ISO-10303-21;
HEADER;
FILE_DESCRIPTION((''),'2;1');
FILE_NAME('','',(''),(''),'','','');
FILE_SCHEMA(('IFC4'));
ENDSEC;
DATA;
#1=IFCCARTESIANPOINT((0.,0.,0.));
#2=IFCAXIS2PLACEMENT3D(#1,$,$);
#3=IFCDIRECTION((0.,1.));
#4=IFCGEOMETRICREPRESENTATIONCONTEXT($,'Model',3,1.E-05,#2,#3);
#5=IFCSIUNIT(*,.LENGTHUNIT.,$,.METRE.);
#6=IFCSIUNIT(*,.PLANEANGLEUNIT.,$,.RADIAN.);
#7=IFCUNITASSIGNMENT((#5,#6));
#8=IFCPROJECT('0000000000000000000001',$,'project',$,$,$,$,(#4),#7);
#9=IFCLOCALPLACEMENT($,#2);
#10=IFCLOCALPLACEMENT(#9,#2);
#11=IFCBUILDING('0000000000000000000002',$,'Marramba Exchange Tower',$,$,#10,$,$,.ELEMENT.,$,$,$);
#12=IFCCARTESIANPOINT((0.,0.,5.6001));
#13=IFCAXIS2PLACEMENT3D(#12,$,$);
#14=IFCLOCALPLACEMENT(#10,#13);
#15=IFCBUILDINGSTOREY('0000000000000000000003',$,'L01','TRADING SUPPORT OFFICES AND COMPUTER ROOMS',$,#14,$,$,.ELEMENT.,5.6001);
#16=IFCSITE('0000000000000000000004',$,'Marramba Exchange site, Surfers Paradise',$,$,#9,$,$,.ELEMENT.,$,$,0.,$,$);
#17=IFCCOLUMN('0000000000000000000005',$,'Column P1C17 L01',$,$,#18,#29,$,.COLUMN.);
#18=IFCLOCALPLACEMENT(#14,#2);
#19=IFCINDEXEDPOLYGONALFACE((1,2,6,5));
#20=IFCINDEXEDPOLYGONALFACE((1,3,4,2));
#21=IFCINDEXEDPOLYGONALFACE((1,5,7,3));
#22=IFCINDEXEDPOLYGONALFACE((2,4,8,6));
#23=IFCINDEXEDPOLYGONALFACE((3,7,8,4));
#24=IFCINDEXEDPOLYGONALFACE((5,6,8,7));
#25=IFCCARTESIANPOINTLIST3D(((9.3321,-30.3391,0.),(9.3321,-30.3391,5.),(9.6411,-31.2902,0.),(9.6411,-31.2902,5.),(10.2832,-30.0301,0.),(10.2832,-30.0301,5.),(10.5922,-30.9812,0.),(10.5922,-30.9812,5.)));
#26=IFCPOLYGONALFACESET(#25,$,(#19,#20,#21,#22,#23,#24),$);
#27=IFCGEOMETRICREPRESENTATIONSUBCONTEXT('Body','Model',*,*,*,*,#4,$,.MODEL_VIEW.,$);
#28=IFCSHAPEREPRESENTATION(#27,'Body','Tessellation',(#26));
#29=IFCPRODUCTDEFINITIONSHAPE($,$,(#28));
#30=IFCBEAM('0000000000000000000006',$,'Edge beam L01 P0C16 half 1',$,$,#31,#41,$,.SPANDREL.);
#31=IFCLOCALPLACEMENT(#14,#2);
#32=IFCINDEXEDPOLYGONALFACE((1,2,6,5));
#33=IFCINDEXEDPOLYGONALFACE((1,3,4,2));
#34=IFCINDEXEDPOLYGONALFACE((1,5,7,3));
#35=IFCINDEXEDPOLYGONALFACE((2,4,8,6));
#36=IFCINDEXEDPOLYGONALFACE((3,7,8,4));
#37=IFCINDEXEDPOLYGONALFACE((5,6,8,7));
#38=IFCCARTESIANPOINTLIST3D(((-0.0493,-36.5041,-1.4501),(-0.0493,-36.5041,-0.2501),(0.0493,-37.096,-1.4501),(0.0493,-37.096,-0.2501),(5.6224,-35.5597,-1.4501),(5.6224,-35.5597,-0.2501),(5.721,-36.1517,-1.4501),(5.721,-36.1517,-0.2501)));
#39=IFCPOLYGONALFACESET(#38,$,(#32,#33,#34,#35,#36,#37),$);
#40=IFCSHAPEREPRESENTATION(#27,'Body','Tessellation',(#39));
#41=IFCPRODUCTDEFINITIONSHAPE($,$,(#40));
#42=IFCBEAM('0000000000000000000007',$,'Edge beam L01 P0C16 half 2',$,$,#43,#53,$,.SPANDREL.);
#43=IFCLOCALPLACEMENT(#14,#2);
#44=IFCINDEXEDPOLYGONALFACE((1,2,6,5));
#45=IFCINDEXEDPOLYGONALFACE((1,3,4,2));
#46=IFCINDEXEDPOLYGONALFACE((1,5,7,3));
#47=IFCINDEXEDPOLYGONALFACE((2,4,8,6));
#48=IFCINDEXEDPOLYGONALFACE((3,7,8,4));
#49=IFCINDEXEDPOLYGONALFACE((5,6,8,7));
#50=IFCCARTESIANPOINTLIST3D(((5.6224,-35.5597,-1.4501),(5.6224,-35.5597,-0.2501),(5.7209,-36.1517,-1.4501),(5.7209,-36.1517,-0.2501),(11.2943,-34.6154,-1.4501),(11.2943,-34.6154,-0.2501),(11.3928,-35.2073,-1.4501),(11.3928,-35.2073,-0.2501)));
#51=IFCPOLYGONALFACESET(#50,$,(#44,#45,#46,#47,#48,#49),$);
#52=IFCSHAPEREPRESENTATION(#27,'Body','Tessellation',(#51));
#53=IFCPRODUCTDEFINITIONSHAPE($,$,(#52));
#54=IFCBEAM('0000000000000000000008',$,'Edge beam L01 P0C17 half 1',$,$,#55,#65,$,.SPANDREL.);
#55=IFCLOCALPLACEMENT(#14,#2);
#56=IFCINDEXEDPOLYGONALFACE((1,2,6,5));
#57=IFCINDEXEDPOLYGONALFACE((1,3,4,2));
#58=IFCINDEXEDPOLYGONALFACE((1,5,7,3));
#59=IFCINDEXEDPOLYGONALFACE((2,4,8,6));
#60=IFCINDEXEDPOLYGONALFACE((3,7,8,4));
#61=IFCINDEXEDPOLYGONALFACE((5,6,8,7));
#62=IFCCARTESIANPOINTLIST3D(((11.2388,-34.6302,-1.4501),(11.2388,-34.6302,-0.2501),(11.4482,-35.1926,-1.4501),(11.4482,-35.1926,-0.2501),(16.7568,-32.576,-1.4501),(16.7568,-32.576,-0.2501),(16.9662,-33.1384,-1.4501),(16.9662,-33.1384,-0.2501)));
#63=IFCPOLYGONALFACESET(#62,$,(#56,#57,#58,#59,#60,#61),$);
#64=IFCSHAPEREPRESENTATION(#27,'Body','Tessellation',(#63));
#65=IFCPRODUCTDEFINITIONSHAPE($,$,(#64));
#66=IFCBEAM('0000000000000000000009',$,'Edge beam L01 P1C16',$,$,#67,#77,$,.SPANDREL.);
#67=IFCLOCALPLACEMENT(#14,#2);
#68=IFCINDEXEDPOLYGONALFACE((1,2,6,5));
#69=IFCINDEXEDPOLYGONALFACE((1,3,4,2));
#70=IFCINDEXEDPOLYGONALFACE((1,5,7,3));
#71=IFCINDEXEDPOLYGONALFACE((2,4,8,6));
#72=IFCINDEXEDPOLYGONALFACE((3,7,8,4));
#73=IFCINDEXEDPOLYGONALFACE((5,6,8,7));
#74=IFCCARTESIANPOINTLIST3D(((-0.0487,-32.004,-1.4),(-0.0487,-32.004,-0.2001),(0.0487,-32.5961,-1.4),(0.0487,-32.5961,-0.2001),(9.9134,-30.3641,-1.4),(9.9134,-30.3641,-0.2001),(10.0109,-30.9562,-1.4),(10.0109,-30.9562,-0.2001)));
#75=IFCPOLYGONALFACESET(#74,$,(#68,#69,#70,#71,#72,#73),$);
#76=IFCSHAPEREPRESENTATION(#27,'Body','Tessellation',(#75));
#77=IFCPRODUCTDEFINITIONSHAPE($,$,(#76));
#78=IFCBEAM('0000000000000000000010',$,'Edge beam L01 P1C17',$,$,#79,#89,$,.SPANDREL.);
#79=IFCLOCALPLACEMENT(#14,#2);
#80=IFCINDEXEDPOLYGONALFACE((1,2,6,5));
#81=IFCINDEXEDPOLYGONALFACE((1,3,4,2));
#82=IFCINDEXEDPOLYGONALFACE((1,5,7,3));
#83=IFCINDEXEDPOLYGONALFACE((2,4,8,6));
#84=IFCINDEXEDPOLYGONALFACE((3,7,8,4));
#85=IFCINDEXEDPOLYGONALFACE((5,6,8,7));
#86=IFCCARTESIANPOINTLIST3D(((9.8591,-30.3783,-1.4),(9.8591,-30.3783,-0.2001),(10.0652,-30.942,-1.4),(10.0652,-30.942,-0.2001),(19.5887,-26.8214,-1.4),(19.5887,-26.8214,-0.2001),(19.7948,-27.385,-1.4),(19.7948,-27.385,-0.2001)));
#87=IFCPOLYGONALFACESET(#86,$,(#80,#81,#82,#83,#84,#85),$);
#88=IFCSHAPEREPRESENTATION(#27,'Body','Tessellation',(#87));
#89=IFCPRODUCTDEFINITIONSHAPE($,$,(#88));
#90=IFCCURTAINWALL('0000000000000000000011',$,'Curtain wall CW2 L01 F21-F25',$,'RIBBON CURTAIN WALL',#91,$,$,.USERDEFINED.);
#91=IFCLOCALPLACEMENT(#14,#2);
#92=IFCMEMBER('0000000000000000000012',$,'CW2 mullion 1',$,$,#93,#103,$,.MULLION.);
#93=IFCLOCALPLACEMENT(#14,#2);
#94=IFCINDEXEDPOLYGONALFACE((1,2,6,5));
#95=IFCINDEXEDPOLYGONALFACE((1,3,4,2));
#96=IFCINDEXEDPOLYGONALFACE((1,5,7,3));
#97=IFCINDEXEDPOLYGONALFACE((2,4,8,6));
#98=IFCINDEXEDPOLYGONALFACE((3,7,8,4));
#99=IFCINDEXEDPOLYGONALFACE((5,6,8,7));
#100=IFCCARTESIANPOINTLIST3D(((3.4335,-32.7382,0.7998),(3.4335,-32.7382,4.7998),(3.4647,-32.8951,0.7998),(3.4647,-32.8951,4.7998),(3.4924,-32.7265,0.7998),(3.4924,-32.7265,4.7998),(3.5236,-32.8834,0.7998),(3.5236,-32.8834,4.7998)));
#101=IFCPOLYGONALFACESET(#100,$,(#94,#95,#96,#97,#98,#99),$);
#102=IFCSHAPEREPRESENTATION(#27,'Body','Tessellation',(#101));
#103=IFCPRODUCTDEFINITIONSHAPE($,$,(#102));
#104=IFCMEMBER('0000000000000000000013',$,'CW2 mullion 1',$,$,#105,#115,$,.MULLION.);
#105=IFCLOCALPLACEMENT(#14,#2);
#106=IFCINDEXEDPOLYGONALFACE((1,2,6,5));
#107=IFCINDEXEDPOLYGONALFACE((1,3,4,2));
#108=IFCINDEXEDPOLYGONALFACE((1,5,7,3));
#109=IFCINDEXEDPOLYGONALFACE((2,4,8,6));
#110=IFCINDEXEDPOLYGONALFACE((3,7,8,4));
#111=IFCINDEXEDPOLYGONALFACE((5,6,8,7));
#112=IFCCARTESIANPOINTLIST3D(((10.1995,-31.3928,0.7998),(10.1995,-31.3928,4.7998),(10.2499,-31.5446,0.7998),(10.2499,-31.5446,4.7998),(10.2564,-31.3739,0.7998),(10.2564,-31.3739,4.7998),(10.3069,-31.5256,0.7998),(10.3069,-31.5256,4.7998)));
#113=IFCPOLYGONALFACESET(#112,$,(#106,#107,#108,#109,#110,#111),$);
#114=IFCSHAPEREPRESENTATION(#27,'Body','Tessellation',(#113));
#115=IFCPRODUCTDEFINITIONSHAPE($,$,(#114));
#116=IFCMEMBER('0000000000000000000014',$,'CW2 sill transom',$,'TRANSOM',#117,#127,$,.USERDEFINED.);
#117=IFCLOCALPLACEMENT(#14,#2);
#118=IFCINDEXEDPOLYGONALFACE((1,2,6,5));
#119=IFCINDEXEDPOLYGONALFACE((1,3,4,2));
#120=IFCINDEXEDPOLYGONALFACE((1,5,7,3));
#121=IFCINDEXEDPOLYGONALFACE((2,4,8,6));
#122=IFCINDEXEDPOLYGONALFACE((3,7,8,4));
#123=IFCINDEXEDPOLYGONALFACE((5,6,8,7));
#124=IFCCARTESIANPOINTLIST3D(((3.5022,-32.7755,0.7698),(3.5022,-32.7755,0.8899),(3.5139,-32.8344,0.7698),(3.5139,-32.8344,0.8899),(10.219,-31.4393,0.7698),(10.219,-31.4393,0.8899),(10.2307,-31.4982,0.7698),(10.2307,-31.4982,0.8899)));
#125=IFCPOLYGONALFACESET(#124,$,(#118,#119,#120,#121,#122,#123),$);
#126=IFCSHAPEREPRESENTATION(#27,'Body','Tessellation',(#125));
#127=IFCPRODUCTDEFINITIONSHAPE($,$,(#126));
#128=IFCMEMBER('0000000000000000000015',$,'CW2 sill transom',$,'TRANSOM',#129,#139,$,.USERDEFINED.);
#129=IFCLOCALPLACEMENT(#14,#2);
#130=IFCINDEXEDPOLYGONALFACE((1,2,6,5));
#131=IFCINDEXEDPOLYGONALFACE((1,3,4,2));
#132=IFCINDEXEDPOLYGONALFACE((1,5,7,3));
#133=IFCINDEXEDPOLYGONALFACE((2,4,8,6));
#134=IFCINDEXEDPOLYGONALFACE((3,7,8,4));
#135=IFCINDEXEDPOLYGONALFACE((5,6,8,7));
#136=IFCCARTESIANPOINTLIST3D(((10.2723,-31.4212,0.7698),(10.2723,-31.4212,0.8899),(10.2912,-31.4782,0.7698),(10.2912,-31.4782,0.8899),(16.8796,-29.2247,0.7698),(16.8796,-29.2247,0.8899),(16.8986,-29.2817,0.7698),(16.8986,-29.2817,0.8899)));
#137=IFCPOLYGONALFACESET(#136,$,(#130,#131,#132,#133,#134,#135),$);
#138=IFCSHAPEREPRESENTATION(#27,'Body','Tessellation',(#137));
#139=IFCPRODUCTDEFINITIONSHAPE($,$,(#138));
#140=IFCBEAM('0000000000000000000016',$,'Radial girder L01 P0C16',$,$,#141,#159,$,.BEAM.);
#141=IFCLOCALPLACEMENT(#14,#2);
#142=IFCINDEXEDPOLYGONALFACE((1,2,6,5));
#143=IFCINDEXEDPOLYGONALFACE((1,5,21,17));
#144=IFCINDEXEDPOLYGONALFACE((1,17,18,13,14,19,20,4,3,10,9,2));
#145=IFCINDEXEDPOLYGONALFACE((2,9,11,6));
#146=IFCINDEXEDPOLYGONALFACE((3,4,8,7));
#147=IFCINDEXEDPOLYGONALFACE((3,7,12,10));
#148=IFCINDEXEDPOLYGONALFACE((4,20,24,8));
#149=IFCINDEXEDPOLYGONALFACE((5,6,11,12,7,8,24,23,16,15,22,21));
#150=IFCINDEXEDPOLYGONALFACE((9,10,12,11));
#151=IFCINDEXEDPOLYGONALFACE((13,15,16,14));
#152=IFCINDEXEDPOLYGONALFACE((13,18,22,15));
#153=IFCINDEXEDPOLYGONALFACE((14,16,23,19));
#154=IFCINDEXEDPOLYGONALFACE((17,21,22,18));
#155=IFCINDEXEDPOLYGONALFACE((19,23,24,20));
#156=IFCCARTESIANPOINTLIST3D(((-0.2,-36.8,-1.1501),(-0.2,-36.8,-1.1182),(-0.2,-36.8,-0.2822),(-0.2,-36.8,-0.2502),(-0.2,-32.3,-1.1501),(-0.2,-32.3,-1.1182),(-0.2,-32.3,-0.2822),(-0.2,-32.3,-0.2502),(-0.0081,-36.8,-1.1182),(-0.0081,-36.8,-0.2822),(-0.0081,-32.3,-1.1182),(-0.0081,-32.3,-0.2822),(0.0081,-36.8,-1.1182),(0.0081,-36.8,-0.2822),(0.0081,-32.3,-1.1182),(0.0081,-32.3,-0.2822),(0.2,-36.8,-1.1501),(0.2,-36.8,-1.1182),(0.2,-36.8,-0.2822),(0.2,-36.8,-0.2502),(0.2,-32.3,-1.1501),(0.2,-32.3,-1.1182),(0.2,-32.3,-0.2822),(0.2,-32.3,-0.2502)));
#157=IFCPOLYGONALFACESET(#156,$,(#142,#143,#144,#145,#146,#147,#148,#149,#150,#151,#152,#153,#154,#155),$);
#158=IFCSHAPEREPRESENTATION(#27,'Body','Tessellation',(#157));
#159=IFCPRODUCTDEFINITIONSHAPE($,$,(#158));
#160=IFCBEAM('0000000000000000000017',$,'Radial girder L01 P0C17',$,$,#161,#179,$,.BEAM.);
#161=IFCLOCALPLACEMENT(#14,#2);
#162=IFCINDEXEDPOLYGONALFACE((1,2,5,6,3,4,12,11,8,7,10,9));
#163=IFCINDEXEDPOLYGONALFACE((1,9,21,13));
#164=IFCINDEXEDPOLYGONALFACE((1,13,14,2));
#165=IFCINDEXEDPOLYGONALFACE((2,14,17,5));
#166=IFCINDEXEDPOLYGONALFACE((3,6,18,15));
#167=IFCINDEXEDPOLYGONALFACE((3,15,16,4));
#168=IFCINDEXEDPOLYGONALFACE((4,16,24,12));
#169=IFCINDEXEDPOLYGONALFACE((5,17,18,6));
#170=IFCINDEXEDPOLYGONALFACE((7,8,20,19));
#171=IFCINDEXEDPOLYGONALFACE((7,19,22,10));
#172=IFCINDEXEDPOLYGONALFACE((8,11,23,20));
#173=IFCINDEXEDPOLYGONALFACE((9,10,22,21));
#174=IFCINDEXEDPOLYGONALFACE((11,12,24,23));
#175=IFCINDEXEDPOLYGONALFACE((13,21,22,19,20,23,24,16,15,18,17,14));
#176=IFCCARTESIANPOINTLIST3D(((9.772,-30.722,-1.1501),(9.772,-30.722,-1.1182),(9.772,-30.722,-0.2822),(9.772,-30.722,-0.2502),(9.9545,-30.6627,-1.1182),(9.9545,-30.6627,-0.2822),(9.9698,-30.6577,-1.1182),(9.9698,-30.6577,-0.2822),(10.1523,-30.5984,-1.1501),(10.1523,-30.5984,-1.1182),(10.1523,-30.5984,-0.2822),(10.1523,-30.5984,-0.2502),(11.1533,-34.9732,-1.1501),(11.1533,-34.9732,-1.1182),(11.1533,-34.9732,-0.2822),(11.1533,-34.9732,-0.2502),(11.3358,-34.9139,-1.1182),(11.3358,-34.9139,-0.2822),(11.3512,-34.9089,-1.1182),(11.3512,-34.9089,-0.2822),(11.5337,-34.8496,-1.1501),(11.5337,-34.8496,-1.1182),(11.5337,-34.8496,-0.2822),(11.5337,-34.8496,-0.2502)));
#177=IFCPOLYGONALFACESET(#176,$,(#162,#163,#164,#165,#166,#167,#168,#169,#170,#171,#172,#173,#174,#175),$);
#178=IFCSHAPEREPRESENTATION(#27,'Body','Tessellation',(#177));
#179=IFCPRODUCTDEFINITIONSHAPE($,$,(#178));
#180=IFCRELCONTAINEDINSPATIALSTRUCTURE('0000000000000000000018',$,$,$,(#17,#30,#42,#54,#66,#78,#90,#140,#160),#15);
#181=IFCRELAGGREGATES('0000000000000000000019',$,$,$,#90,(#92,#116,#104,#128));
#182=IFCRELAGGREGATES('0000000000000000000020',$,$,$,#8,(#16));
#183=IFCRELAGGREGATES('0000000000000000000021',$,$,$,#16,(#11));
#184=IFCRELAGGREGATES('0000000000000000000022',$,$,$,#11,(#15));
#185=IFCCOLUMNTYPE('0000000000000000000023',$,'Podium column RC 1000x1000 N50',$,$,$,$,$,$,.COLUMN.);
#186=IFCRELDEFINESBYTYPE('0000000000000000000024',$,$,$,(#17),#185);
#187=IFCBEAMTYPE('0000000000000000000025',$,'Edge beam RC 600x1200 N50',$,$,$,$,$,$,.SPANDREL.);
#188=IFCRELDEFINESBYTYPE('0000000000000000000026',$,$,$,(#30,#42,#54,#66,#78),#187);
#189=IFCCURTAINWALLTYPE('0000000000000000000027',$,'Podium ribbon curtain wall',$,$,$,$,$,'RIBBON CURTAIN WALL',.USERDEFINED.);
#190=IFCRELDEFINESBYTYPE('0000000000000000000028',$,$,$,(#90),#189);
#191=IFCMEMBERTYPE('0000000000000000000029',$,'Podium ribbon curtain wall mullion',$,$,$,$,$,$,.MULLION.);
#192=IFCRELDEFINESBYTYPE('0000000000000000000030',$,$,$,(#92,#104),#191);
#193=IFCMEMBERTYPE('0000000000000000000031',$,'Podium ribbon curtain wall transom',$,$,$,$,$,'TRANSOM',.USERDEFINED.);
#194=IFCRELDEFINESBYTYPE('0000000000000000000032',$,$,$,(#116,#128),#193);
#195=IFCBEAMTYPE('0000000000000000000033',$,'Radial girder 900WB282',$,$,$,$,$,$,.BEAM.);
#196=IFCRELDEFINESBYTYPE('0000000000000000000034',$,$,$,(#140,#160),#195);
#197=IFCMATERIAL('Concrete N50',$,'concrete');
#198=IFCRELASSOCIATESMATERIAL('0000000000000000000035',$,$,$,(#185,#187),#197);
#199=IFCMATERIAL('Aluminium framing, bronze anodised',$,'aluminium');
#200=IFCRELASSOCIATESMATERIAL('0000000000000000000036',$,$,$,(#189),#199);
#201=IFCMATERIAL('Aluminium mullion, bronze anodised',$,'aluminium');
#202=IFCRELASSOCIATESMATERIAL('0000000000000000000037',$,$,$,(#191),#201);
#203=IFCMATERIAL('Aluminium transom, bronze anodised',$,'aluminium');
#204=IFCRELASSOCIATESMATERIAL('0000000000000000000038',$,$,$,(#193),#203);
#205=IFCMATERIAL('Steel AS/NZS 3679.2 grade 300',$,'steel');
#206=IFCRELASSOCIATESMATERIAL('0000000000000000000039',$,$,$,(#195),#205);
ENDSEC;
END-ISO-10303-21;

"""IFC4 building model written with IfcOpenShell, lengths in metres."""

from ifc_helpers import new_model, si_unit, direction, frame, origin, origin_2d, place, context, subcontext, project, spatial, rectangle, i_section, extrude, material, material_profile, profile_set, type_object, element, aggregate, save


model = new_model("IFC4")

# Units and contexts
model_context = context("Model", 3, precision=1e-05, world=origin(), true_north=direction((0.0, 1.0)))
body_context = subcontext(model_context, "Body", "Model", "MODEL_VIEW")
ifc_project = project(units=[si_unit("LENGTHUNIT", "METRE"), si_unit("PLANEANGLEUNIT", "RADIAN")], contexts=[model_context])

# Site, building, storey
site_placement = place(None, origin())
site = spatial("IfcSite", under=ifc_project, at=site_placement, Name="Marramba Exchange site, Surfers Paradise", CompositionType="ELEMENT", RefElevation=0.0)
building_placement = place(site_placement, origin())
building = spatial("IfcBuilding", under=site, at=building_placement, Name="Marramba Exchange Tower", CompositionType="ELEMENT")
storey_placement = place(building_placement, frame((0.0, 0.0, 5.6001)))
storey = spatial("IfcBuildingStorey", under=building, at=storey_placement, Name="L01", Description="TRADING SUPPORT OFFICES AND COMPUTER ROOMS", CompositionType="ELEMENT", Elevation=5.6001)

# Column
ifc_material_1 = material(Name="Concrete N50", Category="concrete")
ifc_material_profile_1 = material_profile(ifc_material_1, rectangle(XDim=1.0, YDim=1.0, at=origin_2d()), Name="RC 1000x1000")
ifc_profile_set_1 = profile_set([ifc_material_profile_1], Name="Concrete N50")
column_type = type_object("IfcColumnType", Name="Podium column RC 1000x1000 N50", PredefinedType="COLUMN", material=ifc_profile_set_1)
column_placement = place(storey_placement, frame((9.9622, -30.6602, 0.0), z_axis=(0.0, 0.0, 1.0), x_axis=(0.309017, -0.951057, 0.0)))
element("IfcColumn", 1, at=column_placement, inside=storey, type_object=column_type, Name="Column P1C17 L01", PredefinedType="COLUMN", context=body_context, shape_type="SweptSolid", body=[
    extrude(rectangle(XDim=1.0, YDim=1.0, at=origin_2d()), origin(), (0.0, 0.0, 1.0), 5.0),
])

# Beams
ifc_material_profile_2 = material_profile(ifc_material_1, rectangle(XDim=0.6001, YDim=1.2, at=origin_2d()), Name="RC 600x1200")
ifc_profile_set_2 = profile_set([ifc_material_profile_2], Name="Concrete N50")
beam_type_1 = type_object("IfcBeamType", Name="Edge beam RC 600x1200 N50", PredefinedType="SPANDREL", material=ifc_profile_set_2)
beam_1_placement = place(storey_placement, frame((0.0, -36.8, -0.8501), z_axis=(0.98642, 0.164241, 0.0), x_axis=(-0.164241, 0.98642, 0.0)))
element("IfcBeam", 2, at=beam_1_placement, inside=storey, type_object=beam_type_1, Name="Edge beam L01 P0C16 half 1", PredefinedType="SPANDREL", context=body_context, shape_type="SweptSolid", body=[
    extrude(rectangle(XDim=0.6001, YDim=1.2, at=origin_2d()), origin(), (0.0, 0.0, 1.0), 5.7498),
])
beam_2_placement = place(storey_placement, frame((5.6716, -35.8557, -0.8501), z_axis=(0.986421, 0.164234, 0.0), x_axis=(-0.164234, 0.986421, 0.0)))
element("IfcBeam", 3, at=beam_2_placement, inside=storey, type_object=beam_type_1, Name="Edge beam L01 P0C16 half 2", PredefinedType="SPANDREL", context=body_context, shape_type="SweptSolid", body=[
    extrude(rectangle(XDim=0.6001, YDim=1.2, at=origin_2d()), origin(), (0.0, 0.0, 1.0), 5.75),
])
beam_3_placement = place(storey_placement, frame((11.3435, -34.9114, -0.8501), z_axis=(0.937168, 0.348878, 0.0), x_axis=(-0.348878, 0.937168, 0.0)))
element("IfcBeam", 4, at=beam_3_placement, inside=storey, type_object=beam_type_1, Name="Edge beam L01 P0C17 half 1", PredefinedType="SPANDREL", context=body_context, shape_type="SweptSolid", body=[
    extrude(rectangle(XDim=0.6001, YDim=1.2, at=origin_2d()), origin(), (0.0, 0.0, 1.0), 5.8879),
])
beam_4_placement = place(storey_placement, frame((0.0, -32.3, -0.8), z_axis=(0.986721, 0.162426, 0.0), x_axis=(-0.162426, 0.986721, 0.0)))
element("IfcBeam", 5, at=beam_4_placement, inside=storey, type_object=beam_type_1, Name="Edge beam L01 P1C16", PredefinedType="SPANDREL", context=body_context, shape_type="SweptSolid", body=[
    extrude(rectangle(XDim=0.6001, YDim=1.2, at=origin_2d()), origin(), (0.0, 0.0, 1.0), 10.0962),
])
beam_5_placement = place(storey_placement, frame((9.9622, -30.6602, -0.8), z_axis=(0.939206, 0.343353, 0.0), x_axis=(-0.343353, 0.939206, 0.0)))
element("IfcBeam", 6, at=beam_5_placement, inside=storey, type_object=beam_type_1, Name="Edge beam L01 P1C17", PredefinedType="SPANDREL", context=body_context, shape_type="SweptSolid", body=[
    extrude(rectangle(XDim=0.6001, YDim=1.2, at=origin_2d()), origin(), (0.0, 0.0, 1.0), 10.3594),
])

# Curtain wall, members
ifc_material_2 = material(Name="Aluminium framing, bronze anodised", Category="aluminium")
curtain_wall_type = type_object("IfcCurtainWallType", Name="Podium ribbon curtain wall", ElementType="RIBBON CURTAIN WALL", PredefinedType="USERDEFINED", material=ifc_material_2)
curtain_wall_placement = place(storey_placement, origin())
curtain_wall = element("IfcCurtainWall", 7, at=curtain_wall_placement, inside=storey, type_object=curtain_wall_type, Name="Curtain wall CW2 L01 F21-F25", ObjectType="RIBBON CURTAIN WALL", PredefinedType="USERDEFINED")
ifc_material_3 = material(Name="Aluminium mullion, bronze anodised", Category="aluminium")
ifc_material_profile_3 = material_profile(ifc_material_3, rectangle(XDim=0.1599, YDim=0.0601, at=origin_2d()), Name="CW2 mullion 60x160")
ifc_profile_set_3 = profile_set([ifc_material_profile_3], Name="Aluminium mullion, bronze anodised")
member_type_1 = type_object("IfcMemberType", Name="Podium ribbon curtain wall mullion", PredefinedType="MULLION", material=ifc_profile_set_3)
member_1_placement = place(storey_placement, frame((3.4785, -32.8108, 0.7998), z_axis=(0.0, 0.0, 1.0), x_axis=(-0.19512, 0.980779, 0.0)))
member_1 = element("IfcMember", 8, at=member_1_placement, type_object=member_type_1, Name="CW2 mullion 1", PredefinedType="MULLION", context=body_context, shape_type="SweptSolid", body=[
    extrude(rectangle(XDim=0.1599, YDim=0.0601, at=origin_2d()), origin(), (0.0, 0.0, 1.0), 4.0),
])
member_2_placement = place(storey_placement, frame((10.2532, -31.4592, 0.7998), z_axis=(0.0, 0.0, 1.0), x_axis=(-0.315474, 0.948934, 0.0)))
member_2 = element("IfcMember", 9, at=member_2_placement, type_object=member_type_1, Name="CW2 mullion 1", PredefinedType="MULLION", context=body_context, shape_type="SweptSolid", body=[
    extrude(rectangle(XDim=0.1599, YDim=0.0601, at=origin_2d()), origin(), (0.0, 0.0, 1.0), 4.0),
])
ifc_material_4 = material(Name="Aluminium transom, bronze anodised", Category="aluminium")
ifc_material_profile_4 = material_profile(ifc_material_4, rectangle(XDim=0.0601, YDim=0.1201, at=origin_2d()), Name="CW2 transom 60x120")
ifc_profile_set_4 = profile_set([ifc_material_profile_4], Name="Aluminium transom, bronze anodised")
member_type_2 = type_object("IfcMemberType", Name="Podium ribbon curtain wall transom", ElementType="TRANSOM", PredefinedType="USERDEFINED", material=ifc_profile_set_4)
member_3_placement = place(storey_placement, frame((3.5081, -32.8049, 0.8298), z_axis=(0.980782, 0.195108, 0.0), x_axis=(-0.195108, 0.980782, 0.0)))
member_3 = element("IfcMember", 10, at=member_3_placement, type_object=member_type_2, Name="CW2 sill transom", ObjectType="TRANSOM", PredefinedType="USERDEFINED", context=body_context, shape_type="SweptSolid", body=[
    extrude(rectangle(XDim=0.0601, YDim=0.1201, at=origin_2d()), origin(), (0.0, 0.0, 1.0), 6.8484),
])
member_4_placement = place(storey_placement, frame((10.2817, -31.4497, 0.8298), z_axis=(0.948939, 0.31546, 0.0), x_axis=(-0.31546, 0.948939, 0.0)))
member_4 = element("IfcMember", 11, at=member_4_placement, type_object=member_type_2, Name="CW2 sill transom", ObjectType="TRANSOM", PredefinedType="USERDEFINED", context=body_context, shape_type="SweptSolid", body=[
    extrude(rectangle(XDim=0.0601, YDim=0.1201, at=origin_2d()), origin(), (0.0, 0.0, 1.0), 6.9629),
])

# Beams
ifc_material_5 = material(Name="Steel AS/NZS 3679.2 grade 300", Category="steel")
ifc_material_profile_5 = material_profile(ifc_material_5, i_section(OverallWidth=0.3999, OverallDepth=0.8999, WebThickness=0.0161, FlangeThickness=0.032, at=origin_2d()), Name="900WB282")
ifc_profile_set_5 = profile_set([ifc_material_profile_5], Name="Steel AS/NZS 3679.2 grade 300")
beam_type_2 = type_object("IfcBeamType", Name="Radial girder 900WB282", PredefinedType="BEAM", material=ifc_profile_set_5)
beam_6_placement = place(storey_placement, frame((0.0, -36.8, -0.7002), z_axis=(0.0, 1.0, 0.0), x_axis=(-1.0, 0.0, 0.0)))
element("IfcBeam", 12, at=beam_6_placement, inside=storey, type_object=beam_type_2, Name="Radial girder L01 P0C16", PredefinedType="BEAM", context=body_context, shape_type="SweptSolid", body=[
    extrude(i_section(OverallWidth=0.3999, OverallDepth=0.8999, WebThickness=0.0161, FlangeThickness=0.032, at=origin_2d()), origin(), (0.0, 0.0, 1.0), 4.5),
])
beam_7_placement = place(storey_placement, frame((11.3435, -34.9114, -0.7002), z_axis=(-0.309026, 0.951054, 0.0), x_axis=(-0.951054, -0.309026, 0.0)))
element("IfcBeam", 13, at=beam_7_placement, inside=storey, type_object=beam_type_2, Name="Radial girder L01 P0C17", PredefinedType="BEAM", context=body_context, shape_type="SweptSolid", body=[
    extrude(i_section(OverallWidth=0.3999, OverallDepth=0.8999, WebThickness=0.0161, FlangeThickness=0.032, at=origin_2d()), origin(), (0.0, 0.0, 1.0), 4.47),
])

aggregate(curtain_wall, [member_1, member_3, member_2, member_4])

save(model, "model.ifc")
